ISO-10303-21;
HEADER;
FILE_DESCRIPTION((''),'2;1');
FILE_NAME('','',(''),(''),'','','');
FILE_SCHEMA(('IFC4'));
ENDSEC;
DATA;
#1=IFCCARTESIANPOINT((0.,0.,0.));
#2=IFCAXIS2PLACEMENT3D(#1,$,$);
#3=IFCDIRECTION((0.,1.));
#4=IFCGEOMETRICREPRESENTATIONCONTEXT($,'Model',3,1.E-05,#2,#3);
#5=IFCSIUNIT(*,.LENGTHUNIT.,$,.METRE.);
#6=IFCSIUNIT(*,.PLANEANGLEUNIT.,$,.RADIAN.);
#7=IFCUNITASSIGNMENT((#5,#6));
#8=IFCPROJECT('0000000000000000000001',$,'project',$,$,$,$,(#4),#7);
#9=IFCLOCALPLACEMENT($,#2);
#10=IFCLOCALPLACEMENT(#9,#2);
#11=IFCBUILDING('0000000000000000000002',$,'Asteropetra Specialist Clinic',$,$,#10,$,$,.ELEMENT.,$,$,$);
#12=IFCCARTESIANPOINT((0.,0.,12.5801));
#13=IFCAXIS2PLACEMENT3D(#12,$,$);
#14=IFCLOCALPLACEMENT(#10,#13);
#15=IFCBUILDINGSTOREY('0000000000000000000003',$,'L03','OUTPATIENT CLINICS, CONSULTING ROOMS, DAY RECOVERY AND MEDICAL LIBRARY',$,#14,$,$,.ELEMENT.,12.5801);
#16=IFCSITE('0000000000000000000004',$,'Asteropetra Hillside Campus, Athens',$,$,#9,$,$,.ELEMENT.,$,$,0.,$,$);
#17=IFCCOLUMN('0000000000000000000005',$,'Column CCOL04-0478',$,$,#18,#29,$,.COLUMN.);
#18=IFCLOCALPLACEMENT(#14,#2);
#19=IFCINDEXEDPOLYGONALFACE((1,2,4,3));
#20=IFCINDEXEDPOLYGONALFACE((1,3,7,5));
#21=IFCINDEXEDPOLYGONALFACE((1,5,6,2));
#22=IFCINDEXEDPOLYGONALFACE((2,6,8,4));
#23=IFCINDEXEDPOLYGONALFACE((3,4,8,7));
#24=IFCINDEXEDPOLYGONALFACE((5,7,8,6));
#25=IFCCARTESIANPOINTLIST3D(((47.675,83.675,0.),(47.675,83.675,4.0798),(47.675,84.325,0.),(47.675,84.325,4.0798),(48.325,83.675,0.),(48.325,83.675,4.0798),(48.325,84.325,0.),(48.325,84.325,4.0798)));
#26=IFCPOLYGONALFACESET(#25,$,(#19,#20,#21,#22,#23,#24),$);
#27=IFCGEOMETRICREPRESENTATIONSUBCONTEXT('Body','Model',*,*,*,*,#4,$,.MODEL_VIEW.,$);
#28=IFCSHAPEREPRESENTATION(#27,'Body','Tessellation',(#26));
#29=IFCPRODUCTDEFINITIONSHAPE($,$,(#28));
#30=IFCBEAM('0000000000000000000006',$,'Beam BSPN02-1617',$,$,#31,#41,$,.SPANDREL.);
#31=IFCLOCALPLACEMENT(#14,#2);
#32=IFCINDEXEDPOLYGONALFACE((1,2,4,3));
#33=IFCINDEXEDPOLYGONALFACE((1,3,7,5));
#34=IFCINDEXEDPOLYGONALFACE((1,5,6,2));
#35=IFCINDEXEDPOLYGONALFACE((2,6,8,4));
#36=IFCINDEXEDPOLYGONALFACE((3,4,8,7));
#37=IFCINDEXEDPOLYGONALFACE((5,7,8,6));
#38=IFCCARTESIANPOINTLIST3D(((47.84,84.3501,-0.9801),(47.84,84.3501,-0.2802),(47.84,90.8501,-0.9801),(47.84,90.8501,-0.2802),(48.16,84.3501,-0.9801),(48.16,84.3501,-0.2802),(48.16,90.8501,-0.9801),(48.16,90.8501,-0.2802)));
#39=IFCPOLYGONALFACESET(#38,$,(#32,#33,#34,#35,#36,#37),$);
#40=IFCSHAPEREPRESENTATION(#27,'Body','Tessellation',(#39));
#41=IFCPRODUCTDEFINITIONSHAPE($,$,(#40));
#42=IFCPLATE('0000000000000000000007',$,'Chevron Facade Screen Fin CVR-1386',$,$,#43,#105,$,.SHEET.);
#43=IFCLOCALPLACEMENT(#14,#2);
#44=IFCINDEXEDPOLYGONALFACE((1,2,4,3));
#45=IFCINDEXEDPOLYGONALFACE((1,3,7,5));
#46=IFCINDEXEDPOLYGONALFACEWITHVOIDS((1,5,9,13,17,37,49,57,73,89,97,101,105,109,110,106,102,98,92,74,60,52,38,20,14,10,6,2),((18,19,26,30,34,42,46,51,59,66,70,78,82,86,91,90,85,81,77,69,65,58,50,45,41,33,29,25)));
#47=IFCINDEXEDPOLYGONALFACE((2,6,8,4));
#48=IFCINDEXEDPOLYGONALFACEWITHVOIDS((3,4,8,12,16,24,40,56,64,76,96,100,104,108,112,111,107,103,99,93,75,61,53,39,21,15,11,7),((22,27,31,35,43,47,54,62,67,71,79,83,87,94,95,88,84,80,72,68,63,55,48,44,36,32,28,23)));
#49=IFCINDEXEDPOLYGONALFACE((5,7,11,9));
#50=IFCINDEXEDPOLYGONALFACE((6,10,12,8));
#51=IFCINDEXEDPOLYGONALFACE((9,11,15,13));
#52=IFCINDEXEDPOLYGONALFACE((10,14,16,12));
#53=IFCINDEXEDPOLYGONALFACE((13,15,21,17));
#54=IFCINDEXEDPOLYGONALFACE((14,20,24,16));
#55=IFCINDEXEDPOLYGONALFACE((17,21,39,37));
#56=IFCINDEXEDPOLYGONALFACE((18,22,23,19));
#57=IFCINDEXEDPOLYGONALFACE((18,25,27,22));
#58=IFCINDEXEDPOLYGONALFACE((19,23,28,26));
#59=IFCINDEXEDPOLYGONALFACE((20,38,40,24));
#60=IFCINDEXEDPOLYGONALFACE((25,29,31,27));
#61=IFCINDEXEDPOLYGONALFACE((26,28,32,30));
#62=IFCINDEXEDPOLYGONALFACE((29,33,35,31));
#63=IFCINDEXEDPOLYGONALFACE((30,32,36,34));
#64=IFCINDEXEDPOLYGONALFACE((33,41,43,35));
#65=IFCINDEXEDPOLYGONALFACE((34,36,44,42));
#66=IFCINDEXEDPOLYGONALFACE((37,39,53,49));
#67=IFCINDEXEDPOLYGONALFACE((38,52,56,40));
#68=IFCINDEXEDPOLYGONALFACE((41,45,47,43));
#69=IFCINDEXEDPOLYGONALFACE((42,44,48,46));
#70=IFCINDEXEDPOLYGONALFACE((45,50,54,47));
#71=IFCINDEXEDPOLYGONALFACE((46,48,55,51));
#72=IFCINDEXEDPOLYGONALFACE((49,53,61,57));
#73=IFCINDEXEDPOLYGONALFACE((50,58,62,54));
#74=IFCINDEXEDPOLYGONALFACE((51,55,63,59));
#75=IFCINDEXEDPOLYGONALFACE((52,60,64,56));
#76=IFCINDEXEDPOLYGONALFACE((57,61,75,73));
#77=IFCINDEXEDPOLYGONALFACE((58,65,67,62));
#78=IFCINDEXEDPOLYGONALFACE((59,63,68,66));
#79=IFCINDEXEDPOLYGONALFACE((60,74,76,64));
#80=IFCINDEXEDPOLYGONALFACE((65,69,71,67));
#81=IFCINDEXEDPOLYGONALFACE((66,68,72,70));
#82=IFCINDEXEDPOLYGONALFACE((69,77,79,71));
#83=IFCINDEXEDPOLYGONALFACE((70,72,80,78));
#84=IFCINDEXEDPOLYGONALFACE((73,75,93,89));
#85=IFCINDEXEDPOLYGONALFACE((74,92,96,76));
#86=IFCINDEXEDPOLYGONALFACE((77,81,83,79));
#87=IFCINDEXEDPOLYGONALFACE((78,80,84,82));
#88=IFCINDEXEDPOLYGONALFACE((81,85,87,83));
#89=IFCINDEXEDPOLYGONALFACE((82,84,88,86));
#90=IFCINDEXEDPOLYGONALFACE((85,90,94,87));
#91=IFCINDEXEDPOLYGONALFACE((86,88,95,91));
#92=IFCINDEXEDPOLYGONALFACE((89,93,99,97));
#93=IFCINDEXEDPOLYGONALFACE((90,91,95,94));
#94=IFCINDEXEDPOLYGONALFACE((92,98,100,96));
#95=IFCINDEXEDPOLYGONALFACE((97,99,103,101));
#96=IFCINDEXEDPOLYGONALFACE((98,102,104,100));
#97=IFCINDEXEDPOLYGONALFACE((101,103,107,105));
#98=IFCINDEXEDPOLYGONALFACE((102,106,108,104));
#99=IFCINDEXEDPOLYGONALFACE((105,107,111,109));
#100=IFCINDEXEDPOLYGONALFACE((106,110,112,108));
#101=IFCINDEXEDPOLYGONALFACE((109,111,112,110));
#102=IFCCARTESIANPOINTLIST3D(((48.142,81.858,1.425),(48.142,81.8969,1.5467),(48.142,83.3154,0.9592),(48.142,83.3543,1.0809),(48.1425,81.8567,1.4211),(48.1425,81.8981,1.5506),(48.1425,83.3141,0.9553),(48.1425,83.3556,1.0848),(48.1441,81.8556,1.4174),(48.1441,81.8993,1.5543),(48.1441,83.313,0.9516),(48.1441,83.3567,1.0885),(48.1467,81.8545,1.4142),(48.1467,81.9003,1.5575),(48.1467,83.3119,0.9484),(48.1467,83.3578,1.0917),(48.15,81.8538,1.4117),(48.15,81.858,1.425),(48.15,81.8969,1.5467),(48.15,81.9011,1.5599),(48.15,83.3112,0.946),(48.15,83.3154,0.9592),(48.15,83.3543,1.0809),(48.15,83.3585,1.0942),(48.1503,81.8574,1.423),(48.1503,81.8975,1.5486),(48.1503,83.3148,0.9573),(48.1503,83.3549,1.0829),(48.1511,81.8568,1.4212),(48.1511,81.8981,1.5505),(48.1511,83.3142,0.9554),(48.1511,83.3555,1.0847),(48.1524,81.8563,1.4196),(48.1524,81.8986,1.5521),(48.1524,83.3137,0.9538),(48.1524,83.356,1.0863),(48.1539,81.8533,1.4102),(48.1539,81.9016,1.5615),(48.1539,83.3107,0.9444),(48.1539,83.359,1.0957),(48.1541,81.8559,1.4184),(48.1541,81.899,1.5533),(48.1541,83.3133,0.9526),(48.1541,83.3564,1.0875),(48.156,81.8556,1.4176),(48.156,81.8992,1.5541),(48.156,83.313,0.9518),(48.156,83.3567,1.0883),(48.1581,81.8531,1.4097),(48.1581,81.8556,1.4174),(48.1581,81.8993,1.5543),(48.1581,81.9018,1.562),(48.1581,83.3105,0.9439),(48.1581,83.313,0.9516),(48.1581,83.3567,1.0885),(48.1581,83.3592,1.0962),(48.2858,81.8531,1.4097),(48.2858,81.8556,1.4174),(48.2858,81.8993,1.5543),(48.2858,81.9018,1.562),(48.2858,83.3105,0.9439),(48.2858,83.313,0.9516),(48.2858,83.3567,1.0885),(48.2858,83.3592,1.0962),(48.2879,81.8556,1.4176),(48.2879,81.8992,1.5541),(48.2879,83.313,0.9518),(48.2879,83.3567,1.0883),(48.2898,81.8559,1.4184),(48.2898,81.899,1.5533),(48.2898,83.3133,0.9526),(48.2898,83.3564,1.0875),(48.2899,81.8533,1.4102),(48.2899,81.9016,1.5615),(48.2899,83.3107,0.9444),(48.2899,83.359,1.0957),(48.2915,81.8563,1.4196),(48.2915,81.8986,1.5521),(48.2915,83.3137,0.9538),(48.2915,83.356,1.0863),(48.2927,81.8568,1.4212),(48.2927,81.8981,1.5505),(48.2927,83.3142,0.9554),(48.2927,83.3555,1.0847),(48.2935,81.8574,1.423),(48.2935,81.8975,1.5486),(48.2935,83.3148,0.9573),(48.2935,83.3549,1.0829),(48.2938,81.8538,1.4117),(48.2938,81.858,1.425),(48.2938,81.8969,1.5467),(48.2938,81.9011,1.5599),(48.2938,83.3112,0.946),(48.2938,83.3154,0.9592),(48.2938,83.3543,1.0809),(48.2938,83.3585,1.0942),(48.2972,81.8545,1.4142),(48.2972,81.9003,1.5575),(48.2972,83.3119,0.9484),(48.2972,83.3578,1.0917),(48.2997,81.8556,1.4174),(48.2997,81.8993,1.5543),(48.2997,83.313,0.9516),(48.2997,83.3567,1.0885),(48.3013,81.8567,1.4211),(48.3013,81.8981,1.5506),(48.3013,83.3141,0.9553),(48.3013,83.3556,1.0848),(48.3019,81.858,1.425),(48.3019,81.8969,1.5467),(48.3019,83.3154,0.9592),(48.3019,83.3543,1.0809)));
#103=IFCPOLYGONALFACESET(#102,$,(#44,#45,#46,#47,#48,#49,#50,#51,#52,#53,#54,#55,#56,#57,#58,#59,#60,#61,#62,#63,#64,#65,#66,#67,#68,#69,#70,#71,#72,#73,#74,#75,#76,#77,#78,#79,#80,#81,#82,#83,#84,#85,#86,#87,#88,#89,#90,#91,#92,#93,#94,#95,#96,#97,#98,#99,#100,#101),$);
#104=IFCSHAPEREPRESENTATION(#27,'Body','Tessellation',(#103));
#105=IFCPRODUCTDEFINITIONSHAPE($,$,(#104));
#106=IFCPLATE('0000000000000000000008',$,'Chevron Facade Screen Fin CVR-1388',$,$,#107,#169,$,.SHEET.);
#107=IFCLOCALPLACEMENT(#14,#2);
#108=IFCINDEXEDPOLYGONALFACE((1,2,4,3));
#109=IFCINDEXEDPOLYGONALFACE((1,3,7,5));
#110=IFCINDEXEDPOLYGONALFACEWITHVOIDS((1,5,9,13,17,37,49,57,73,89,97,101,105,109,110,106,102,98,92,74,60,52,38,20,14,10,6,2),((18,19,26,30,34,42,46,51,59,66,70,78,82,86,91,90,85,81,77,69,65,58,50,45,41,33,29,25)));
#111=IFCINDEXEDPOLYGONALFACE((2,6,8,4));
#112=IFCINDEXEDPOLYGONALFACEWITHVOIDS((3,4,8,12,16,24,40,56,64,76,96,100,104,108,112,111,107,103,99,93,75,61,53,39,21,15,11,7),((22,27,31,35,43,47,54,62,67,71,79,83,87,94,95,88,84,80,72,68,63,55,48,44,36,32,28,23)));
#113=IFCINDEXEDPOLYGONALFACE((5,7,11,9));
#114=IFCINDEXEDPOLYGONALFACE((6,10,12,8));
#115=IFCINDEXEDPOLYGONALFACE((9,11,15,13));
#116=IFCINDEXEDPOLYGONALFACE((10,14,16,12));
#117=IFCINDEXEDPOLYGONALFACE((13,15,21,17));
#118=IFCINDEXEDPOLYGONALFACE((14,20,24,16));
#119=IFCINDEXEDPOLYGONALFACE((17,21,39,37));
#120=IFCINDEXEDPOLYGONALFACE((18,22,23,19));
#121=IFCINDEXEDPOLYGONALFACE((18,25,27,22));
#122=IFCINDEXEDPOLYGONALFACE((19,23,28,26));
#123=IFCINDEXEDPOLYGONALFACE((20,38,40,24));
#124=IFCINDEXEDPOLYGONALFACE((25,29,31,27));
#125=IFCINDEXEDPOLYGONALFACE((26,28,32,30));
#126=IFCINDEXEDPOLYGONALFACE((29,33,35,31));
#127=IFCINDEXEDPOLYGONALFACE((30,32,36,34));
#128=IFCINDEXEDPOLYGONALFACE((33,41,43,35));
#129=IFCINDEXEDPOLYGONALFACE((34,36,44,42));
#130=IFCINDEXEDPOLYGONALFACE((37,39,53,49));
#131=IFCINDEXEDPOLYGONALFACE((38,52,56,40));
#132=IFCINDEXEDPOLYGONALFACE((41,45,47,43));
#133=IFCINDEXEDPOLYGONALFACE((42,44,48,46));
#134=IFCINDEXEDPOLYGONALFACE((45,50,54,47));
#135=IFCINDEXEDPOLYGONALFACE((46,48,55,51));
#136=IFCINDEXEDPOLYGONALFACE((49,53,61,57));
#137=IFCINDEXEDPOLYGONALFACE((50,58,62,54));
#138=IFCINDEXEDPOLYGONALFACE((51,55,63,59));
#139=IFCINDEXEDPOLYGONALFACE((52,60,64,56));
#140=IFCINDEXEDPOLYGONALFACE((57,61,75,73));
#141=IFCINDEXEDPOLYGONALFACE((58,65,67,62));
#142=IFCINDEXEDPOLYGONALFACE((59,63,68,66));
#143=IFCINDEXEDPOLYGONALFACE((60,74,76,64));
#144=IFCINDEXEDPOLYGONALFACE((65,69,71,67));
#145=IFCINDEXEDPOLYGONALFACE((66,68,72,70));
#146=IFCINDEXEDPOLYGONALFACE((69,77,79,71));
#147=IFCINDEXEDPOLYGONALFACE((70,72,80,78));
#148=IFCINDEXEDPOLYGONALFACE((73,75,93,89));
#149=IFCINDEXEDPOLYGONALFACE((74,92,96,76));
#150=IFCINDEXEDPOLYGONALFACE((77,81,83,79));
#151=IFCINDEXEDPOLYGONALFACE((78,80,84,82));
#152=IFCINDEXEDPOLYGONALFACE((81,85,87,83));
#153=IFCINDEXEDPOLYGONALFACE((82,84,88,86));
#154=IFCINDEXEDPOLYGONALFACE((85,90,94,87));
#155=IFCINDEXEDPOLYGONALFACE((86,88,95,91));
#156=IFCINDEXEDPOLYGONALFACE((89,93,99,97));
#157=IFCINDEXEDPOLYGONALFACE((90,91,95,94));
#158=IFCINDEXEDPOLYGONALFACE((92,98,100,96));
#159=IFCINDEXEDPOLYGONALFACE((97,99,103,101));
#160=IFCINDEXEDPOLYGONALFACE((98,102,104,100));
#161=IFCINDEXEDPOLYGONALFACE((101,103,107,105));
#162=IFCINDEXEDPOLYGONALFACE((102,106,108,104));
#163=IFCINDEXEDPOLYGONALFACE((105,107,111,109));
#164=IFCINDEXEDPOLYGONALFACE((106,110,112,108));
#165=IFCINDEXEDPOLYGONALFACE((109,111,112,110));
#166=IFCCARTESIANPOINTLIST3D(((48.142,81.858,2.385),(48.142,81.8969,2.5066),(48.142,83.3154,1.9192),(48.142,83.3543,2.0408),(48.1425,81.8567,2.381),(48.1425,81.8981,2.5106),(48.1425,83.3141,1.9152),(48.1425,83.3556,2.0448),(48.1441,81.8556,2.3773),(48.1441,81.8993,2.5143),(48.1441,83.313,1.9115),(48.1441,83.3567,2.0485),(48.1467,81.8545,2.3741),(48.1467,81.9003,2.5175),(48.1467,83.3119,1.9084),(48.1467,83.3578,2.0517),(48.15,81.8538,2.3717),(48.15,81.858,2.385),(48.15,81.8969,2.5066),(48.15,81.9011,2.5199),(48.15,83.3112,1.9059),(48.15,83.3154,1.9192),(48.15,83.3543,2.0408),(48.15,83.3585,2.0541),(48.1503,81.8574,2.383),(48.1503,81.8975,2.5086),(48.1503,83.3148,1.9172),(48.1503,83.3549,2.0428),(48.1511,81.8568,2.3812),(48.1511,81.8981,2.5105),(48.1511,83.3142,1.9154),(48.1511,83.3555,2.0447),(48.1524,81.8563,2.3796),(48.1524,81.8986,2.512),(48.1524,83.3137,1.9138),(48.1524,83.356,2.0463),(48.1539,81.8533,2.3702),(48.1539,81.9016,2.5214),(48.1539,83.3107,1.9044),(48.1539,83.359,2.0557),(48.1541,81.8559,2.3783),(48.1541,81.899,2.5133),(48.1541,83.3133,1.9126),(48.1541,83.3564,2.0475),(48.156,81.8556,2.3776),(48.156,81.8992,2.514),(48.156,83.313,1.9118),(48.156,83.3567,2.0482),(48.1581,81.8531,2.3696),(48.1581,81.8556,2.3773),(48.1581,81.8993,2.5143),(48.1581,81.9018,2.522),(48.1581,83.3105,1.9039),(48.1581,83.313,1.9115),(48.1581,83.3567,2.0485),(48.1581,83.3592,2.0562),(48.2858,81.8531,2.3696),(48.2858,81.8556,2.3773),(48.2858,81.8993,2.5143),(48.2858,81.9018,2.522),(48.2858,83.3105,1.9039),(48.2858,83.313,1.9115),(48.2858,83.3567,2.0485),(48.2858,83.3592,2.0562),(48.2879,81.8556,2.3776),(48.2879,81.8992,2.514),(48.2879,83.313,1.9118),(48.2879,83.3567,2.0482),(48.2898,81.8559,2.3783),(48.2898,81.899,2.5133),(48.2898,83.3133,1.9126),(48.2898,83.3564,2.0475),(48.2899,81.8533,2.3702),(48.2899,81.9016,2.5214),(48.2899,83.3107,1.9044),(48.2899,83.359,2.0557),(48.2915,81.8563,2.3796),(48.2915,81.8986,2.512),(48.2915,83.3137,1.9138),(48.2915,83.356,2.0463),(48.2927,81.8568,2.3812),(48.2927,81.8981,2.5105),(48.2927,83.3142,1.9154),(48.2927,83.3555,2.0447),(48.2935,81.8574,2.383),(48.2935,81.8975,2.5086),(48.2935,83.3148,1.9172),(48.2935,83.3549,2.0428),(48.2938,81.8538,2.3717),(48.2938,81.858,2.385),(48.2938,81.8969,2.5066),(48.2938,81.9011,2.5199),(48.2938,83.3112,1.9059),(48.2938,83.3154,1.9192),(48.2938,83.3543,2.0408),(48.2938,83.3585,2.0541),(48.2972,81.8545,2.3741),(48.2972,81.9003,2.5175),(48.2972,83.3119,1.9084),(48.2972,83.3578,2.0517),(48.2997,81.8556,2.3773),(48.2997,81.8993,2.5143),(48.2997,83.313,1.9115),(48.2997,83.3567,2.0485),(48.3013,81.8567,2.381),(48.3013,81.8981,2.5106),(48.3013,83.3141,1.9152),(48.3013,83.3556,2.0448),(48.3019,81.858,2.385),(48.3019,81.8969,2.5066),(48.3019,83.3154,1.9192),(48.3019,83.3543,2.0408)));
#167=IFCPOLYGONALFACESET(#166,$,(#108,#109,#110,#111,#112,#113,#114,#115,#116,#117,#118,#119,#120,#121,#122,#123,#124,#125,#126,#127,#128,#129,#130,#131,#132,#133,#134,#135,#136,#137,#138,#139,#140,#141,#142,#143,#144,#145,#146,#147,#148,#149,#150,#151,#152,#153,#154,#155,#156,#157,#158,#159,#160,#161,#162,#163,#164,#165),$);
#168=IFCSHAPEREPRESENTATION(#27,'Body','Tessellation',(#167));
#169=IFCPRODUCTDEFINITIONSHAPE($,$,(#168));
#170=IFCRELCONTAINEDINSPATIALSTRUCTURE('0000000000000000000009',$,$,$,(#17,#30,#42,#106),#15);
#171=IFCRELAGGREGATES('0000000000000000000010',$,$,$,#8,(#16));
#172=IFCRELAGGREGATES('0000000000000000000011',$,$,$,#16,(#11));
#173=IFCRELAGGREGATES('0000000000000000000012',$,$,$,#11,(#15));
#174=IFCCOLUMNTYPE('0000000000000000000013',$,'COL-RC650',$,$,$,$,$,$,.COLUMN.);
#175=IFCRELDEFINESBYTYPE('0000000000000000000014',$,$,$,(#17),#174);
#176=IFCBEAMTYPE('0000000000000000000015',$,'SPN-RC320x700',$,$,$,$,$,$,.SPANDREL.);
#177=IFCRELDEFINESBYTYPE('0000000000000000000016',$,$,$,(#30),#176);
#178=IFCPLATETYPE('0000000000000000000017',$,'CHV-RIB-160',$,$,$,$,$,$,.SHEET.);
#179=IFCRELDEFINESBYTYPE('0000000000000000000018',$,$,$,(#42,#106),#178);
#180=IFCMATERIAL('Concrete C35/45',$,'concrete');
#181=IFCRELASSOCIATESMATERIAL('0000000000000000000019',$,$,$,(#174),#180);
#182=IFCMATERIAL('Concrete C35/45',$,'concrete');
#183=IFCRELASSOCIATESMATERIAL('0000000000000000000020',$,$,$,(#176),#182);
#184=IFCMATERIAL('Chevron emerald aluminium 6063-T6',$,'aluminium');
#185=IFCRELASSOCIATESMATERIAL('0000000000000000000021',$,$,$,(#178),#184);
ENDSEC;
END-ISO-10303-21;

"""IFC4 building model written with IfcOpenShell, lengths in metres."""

from ifc_helpers import new_model, si_unit, direction, frame, origin, origin_2d, place, context, subcontext, project, spatial, rectangle, hollow_rectangle, extrude, material, material_profile, profile_set, type_object, element, save


model = new_model("IFC4")

# Units and contexts
model_context = context("Model", 3, precision=1e-05, world=origin(), true_north=direction((0.0, 1.0)))
body_context = subcontext(model_context, "Body", "Model", "MODEL_VIEW")
ifc_project = project(units=[si_unit("LENGTHUNIT", "METRE"), si_unit("PLANEANGLEUNIT", "RADIAN")], contexts=[model_context])

# Site, building, storey
site_placement = place(None, origin())
site = spatial("IfcSite", under=ifc_project, at=site_placement, Name="Asteropetra Hillside Campus, Athens", CompositionType="ELEMENT", RefElevation=0.0)
building_placement = place(site_placement, origin())
building = spatial("IfcBuilding", under=site, at=building_placement, Name="Asteropetra Specialist Clinic", CompositionType="ELEMENT")
storey_placement = place(building_placement, frame((0.0, 0.0, 12.5801)))
storey = spatial("IfcBuildingStorey", under=building, at=storey_placement, Name="L03", Description="OUTPATIENT CLINICS, CONSULTING ROOMS, DAY RECOVERY AND MEDICAL LIBRARY", CompositionType="ELEMENT", Elevation=12.5801)

# Column
ifc_material_1 = material(Name="Concrete C35/45", Category="concrete")
ifc_material_profile_1 = material_profile(ifc_material_1, rectangle(XDim=0.6499, YDim=0.6499, at=origin_2d()), Name="RC 650x650")
ifc_profile_set_1 = profile_set([ifc_material_profile_1], Name="Concrete C35/45")
column_type = type_object("IfcColumnType", Name="COL-RC650", PredefinedType="COLUMN", material=ifc_profile_set_1)
column_placement = place(storey_placement, frame((48.0, 84.0, 0.0), z_axis=(0.0, 0.0, 1.0), x_axis=(1.0, 0.0, 0.0)))
element("IfcColumn", 1, at=column_placement, inside=storey, type_object=column_type, Name="Column CCOL04-0478", PredefinedType="COLUMN", context=body_context, shape_type="SweptSolid", body=[
    extrude(rectangle(XDim=0.6499, YDim=0.6499, at=origin_2d()), origin(), (0.0, 0.0, 1.0), 4.0798),
])

# Beam
ifc_material_2 = material(Name="Concrete C35/45", Category="concrete")
ifc_material_profile_2 = material_profile(ifc_material_2, rectangle(XDim=0.3201, YDim=0.7, at=origin_2d()), Name="RCS 320x700")
ifc_profile_set_2 = profile_set([ifc_material_profile_2], Name="Concrete C35/45")
beam_type = type_object("IfcBeamType", Name="SPN-RC320x700", PredefinedType="SPANDREL", material=ifc_profile_set_2)
beam_placement = place(storey_placement, frame((48.0, 84.3501, -0.6301), z_axis=(0.0, 1.0, 0.0), x_axis=(-1.0, 0.0, 0.0)))
element("IfcBeam", 2, at=beam_placement, inside=storey, type_object=beam_type, Name="Beam BSPN02-1617", PredefinedType="SPANDREL", context=body_context, shape_type="SweptSolid", body=[
    extrude(rectangle(XDim=0.3201, YDim=0.7, at=origin_2d()), origin(), (0.0, 0.0, 1.0), 6.5),
])

# Plates
ifc_material_3 = material(Name="Chevron emerald aluminium 6063-T6", Category="aluminium")
ifc_material_profile_3 = material_profile(ifc_material_3, hollow_rectangle(XDim=0.1599, YDim=0.1599, WallThickness=0.0081, InnerFilletRadius=0.0081, OuterFilletRadius=0.0161, at=origin_2d()), Name="SHS 160x160x8.0")
ifc_profile_set_3 = profile_set([ifc_material_profile_3], Name="Chevron emerald aluminium 6063-T6")
plate_type_1 = type_object("IfcPlateType", Name="CHV-RIB-160", PredefinedType="SHEET", material=ifc_profile_set_3)
for number, where, z_axis, x_axis, name in (
    (3, (48.2219, 81.8774, 1.4858), (0.0, 0.952535, -0.304428), (-1.0, 0.0, 0.0), "Chevron Facade Screen Fin CVR-1386"),
    (4, (48.2219, 81.8774, 2.4458), (0.0, 0.952535, -0.304428), (-1.0, 0.0, 0.0), "Chevron Facade Screen Fin CVR-1388"),
):
    element("IfcPlate", number, at=place(storey_placement, frame(where, z_axis=z_axis, x_axis=x_axis)), inside=storey, type_object=plate_type_1, Name=name, PredefinedType="SHEET", context=body_context, shape_type="SweptSolid", body=[
        extrude(hollow_rectangle(XDim=0.1599, YDim=0.1599, WallThickness=0.0081, InnerFilletRadius=0.0081, OuterFilletRadius=0.0161, at=origin_2d()), origin(), (0.0, 0.0, 1.0), 1.53),
    ])

save(model, "model.ifc")
